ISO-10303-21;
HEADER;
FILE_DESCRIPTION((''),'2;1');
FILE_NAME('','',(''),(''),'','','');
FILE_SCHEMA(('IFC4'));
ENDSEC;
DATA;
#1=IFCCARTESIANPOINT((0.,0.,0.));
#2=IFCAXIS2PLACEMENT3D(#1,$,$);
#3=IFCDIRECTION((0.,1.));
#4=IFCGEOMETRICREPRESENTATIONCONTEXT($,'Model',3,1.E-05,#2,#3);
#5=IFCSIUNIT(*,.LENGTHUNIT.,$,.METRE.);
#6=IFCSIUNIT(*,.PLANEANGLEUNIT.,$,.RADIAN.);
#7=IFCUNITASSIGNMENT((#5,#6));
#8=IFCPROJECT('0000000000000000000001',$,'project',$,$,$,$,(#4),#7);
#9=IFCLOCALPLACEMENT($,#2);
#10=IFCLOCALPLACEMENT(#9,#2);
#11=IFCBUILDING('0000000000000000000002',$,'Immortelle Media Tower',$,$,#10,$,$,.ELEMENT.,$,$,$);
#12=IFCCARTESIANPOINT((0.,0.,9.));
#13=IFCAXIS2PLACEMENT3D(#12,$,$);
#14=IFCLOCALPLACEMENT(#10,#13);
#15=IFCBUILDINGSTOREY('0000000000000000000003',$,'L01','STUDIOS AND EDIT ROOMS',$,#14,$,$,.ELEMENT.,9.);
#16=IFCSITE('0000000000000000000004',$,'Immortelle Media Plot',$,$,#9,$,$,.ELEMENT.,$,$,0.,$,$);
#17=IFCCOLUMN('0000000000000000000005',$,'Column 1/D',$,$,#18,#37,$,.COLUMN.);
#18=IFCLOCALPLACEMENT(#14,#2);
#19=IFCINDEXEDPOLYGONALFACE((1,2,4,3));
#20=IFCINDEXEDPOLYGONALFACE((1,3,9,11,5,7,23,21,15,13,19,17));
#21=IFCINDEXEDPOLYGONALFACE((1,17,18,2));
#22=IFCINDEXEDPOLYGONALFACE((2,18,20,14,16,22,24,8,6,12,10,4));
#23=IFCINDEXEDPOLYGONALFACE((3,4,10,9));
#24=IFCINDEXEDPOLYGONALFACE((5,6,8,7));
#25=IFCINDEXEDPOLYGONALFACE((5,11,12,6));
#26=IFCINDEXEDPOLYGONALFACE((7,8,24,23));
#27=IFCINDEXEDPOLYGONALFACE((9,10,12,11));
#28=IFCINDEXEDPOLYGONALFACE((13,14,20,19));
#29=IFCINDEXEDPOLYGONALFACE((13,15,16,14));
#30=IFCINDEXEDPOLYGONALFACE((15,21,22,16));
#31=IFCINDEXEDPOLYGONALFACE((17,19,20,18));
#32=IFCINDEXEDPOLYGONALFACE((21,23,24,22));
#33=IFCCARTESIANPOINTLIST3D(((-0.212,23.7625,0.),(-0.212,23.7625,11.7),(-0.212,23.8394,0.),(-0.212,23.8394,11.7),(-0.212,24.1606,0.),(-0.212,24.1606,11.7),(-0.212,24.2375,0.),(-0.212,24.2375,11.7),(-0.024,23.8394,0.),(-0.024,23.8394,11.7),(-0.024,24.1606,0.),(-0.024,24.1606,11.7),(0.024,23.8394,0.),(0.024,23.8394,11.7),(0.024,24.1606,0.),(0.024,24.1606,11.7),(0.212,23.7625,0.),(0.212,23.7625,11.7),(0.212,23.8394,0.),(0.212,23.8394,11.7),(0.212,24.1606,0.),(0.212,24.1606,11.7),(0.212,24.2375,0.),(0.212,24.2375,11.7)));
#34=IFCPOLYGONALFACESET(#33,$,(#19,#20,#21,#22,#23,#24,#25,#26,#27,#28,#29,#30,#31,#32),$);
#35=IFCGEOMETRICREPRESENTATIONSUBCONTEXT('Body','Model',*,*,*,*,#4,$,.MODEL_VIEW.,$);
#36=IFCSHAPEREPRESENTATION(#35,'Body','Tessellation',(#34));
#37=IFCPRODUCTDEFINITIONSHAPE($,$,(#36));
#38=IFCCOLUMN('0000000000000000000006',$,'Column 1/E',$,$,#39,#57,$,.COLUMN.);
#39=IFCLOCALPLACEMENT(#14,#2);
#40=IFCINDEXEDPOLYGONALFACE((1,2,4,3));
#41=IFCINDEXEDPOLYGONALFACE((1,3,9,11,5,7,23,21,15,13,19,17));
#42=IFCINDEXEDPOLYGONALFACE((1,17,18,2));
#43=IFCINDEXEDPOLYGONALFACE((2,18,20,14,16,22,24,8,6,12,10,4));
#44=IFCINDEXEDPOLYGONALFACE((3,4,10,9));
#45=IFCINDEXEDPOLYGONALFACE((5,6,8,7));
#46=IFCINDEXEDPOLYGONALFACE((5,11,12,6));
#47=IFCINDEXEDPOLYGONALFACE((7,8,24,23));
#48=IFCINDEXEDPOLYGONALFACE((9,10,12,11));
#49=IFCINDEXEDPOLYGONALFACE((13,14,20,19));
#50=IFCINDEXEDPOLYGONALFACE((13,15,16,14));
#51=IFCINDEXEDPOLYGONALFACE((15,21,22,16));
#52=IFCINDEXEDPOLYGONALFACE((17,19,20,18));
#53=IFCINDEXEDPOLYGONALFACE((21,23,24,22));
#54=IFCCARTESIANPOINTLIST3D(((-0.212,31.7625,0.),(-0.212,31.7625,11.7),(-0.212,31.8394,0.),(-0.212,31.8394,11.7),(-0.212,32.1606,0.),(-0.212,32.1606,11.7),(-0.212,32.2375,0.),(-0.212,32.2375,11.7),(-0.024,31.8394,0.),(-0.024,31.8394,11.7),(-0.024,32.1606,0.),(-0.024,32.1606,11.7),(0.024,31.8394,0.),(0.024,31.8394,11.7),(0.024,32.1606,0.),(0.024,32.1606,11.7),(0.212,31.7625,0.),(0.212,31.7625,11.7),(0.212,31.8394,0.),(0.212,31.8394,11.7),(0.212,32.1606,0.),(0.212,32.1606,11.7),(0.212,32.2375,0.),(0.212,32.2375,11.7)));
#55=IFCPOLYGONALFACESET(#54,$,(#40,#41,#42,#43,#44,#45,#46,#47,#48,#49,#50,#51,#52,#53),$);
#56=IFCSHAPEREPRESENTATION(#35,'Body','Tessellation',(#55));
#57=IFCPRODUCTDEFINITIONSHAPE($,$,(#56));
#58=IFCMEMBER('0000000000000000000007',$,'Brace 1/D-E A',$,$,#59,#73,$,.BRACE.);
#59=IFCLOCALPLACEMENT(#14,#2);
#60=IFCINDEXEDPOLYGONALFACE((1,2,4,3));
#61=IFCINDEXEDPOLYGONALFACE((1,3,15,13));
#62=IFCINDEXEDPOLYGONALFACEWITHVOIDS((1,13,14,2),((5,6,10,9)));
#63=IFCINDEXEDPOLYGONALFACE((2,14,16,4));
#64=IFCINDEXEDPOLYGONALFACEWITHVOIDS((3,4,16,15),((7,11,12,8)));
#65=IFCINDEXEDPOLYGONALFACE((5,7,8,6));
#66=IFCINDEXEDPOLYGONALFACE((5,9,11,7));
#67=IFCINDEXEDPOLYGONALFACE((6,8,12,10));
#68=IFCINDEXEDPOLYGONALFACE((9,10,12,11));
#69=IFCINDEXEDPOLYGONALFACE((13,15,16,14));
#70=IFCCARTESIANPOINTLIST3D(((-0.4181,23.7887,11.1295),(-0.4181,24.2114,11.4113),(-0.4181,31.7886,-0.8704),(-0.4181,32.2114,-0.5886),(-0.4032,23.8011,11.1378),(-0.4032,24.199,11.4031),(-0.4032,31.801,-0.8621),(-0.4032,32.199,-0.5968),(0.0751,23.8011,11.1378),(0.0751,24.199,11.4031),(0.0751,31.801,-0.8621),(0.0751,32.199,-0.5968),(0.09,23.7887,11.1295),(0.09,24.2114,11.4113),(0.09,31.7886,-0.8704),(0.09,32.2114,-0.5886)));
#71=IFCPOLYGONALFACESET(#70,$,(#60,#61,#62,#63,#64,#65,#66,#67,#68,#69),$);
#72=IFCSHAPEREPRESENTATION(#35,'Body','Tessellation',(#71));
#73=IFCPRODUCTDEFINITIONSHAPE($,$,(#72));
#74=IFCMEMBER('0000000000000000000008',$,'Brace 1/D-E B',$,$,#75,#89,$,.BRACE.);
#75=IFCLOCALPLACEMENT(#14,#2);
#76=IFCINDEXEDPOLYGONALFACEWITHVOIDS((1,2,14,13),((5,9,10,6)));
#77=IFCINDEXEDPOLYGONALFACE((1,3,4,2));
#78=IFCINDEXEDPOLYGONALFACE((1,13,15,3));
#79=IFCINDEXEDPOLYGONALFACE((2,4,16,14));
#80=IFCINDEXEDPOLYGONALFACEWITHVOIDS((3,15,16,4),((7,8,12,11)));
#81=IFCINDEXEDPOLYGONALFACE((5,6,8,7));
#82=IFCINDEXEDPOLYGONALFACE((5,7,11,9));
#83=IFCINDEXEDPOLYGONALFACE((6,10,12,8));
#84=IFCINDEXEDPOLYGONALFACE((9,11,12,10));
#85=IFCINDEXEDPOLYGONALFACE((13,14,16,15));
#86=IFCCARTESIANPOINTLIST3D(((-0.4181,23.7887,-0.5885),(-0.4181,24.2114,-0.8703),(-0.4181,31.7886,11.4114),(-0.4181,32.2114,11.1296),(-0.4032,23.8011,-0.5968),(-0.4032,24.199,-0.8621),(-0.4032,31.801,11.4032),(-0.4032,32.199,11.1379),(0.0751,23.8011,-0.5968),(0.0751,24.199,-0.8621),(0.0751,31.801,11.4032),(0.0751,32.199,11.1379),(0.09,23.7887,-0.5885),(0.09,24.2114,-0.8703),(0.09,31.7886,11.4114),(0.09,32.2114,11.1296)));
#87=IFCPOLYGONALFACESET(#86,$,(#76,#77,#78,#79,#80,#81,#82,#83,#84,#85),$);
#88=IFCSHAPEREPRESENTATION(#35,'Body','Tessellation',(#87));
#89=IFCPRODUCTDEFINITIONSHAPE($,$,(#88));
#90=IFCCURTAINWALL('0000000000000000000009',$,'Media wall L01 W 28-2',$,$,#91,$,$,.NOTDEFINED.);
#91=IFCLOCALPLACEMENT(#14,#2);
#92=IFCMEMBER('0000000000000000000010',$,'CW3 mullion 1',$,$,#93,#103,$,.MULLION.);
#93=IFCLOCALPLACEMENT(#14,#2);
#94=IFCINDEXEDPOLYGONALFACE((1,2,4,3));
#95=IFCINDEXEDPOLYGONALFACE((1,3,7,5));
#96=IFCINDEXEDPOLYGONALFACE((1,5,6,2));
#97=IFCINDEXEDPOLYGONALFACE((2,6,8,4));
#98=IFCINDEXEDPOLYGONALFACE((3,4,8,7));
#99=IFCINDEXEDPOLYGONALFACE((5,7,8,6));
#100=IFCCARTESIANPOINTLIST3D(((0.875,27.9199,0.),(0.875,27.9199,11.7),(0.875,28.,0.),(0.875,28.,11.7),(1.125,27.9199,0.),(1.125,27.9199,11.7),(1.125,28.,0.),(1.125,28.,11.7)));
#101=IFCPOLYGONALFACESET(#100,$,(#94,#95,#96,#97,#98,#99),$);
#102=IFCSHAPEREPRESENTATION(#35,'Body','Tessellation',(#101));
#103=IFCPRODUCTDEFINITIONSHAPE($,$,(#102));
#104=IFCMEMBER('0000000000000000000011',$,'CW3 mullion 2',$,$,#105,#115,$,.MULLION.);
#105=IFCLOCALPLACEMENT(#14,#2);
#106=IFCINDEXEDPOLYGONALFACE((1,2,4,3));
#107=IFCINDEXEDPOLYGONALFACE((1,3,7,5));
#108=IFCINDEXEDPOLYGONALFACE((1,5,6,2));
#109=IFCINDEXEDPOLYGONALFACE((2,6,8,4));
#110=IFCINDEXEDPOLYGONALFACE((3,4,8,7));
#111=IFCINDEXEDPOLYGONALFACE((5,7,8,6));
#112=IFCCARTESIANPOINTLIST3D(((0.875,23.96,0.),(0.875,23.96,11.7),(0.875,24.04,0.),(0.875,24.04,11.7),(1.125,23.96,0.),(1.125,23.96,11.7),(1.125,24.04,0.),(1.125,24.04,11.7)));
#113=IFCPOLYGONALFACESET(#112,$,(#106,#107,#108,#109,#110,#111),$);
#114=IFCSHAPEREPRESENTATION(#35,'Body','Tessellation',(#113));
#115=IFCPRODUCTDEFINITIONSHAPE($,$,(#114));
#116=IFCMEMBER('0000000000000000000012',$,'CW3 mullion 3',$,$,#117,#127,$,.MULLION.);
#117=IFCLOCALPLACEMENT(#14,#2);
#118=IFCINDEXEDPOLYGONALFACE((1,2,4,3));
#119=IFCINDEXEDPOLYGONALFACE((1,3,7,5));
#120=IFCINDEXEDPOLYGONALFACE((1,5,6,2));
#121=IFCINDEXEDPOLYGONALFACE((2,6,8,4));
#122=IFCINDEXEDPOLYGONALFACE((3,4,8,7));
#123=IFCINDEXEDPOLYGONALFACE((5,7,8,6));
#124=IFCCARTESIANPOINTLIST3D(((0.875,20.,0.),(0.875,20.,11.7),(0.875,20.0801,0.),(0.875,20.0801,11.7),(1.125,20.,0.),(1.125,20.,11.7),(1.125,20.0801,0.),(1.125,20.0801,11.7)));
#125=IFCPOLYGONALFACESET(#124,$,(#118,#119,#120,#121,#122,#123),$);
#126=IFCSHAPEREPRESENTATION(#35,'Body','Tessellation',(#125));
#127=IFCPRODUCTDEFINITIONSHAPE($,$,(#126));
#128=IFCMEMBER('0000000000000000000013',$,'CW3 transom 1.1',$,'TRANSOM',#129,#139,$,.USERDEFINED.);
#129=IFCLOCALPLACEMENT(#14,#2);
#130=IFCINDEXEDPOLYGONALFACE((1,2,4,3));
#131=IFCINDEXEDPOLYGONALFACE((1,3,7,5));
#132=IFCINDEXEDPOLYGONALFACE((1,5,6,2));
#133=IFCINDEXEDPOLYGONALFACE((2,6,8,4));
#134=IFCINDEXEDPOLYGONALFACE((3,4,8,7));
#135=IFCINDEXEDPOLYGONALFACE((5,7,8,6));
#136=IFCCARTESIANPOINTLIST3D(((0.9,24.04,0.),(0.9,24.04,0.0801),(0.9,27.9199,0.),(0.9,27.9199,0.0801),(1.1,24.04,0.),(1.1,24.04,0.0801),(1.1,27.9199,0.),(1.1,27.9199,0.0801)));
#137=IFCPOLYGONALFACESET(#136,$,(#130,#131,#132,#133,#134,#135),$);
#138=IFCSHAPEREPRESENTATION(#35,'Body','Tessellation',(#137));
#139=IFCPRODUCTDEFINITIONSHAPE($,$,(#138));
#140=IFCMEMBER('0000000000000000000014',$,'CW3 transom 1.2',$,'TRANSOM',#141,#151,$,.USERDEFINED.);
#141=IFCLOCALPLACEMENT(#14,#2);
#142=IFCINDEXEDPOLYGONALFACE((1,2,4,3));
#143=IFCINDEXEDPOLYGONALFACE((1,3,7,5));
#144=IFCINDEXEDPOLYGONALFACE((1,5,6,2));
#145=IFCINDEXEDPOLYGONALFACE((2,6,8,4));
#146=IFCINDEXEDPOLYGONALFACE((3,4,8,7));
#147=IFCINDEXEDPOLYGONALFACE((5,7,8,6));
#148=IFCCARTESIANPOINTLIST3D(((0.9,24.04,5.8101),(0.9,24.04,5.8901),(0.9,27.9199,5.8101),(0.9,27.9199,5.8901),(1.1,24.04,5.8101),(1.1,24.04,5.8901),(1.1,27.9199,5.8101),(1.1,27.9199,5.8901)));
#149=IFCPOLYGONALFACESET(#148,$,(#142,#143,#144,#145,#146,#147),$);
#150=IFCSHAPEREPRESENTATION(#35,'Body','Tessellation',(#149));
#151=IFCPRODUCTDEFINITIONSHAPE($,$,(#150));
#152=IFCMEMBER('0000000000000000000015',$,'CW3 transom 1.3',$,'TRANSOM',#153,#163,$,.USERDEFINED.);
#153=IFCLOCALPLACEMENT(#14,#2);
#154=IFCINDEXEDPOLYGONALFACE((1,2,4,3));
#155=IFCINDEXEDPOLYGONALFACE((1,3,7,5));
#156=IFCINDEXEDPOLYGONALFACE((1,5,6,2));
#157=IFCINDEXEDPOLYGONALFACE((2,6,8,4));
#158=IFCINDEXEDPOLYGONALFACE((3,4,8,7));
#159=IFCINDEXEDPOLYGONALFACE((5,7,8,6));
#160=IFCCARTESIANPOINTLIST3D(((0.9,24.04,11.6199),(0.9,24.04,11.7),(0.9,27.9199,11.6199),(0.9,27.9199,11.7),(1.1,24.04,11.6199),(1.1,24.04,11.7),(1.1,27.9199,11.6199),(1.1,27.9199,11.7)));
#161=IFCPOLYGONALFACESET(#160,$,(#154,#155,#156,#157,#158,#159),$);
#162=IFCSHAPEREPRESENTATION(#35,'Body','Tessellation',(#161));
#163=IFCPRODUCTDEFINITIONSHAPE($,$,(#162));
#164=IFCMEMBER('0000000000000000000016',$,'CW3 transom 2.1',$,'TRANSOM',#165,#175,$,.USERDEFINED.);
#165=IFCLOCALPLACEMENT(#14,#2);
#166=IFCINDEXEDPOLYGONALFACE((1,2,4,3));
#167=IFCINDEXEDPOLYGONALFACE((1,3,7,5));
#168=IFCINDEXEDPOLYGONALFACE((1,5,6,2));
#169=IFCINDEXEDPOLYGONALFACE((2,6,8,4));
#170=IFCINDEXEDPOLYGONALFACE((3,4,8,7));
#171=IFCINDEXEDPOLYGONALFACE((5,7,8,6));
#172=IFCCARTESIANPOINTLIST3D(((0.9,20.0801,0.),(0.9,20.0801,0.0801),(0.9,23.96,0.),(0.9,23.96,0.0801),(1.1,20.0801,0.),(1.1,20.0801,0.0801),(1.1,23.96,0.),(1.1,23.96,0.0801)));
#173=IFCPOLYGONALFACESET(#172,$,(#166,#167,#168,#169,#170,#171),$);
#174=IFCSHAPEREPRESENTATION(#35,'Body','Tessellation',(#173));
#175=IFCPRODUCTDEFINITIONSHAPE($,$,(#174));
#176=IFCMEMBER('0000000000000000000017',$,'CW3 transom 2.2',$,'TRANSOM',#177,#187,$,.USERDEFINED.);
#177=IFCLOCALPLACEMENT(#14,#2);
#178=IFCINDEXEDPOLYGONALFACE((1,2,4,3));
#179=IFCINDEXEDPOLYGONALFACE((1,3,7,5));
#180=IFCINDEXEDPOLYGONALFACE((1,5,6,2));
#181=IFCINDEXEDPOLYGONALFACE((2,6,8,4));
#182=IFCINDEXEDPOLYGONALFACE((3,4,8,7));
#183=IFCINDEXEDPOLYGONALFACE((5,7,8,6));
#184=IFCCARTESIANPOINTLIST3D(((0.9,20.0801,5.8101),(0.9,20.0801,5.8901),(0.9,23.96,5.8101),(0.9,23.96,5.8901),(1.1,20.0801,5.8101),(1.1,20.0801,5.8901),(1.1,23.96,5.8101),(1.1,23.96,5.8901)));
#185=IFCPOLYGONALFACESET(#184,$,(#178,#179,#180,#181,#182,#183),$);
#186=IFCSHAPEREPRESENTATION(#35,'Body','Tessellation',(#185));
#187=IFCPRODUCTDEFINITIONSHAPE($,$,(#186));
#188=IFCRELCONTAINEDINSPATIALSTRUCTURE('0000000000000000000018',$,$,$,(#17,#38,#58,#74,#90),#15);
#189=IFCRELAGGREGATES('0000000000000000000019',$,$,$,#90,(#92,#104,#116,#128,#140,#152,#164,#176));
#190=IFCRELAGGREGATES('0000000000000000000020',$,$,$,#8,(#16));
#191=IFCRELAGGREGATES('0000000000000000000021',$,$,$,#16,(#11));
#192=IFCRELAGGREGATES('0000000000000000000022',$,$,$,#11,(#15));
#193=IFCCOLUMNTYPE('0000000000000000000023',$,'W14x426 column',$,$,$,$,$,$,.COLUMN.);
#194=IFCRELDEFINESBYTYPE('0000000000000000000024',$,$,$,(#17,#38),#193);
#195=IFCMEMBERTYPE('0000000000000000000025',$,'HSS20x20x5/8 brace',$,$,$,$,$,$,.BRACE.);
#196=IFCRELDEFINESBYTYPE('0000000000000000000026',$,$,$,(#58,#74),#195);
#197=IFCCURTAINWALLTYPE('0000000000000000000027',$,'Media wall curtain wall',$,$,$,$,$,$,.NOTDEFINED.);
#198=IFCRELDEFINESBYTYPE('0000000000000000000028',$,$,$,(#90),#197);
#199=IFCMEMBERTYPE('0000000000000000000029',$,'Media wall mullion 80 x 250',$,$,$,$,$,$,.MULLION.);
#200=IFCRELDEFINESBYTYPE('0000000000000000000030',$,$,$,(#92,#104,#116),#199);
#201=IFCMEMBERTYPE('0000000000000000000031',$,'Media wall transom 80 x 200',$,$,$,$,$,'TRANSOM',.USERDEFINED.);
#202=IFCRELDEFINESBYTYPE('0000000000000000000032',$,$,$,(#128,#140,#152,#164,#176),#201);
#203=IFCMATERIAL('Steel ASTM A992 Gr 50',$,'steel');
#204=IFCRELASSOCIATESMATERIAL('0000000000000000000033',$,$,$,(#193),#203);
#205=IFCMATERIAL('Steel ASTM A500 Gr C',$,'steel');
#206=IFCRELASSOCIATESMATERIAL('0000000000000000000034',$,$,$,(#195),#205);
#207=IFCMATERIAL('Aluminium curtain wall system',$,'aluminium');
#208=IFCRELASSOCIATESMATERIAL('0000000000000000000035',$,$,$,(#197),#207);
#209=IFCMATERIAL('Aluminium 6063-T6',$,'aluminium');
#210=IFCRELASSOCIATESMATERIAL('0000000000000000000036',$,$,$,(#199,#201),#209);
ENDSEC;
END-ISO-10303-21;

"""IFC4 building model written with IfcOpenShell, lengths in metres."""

from ifc_helpers import new_model, si_unit, direction, frame, origin, origin_2d, place, context, subcontext, project, spatial, rectangle, hollow_rectangle, i_section, extrude, material, material_profile, profile_set, type_object, element, aggregate, save


model = new_model("IFC4")

# Units and contexts
model_context = context("Model", 3, precision=1e-05, world=origin(), true_north=direction((0.0, 1.0)))
body_context = subcontext(model_context, "Body", "Model", "MODEL_VIEW")
ifc_project = project(units=[si_unit("LENGTHUNIT", "METRE"), si_unit("PLANEANGLEUNIT", "RADIAN")], contexts=[model_context])

# Site, building, storey
site_placement = place(None, origin())
site = spatial("IfcSite", under=ifc_project, at=site_placement, Name="Immortelle Media Plot", CompositionType="ELEMENT", RefElevation=0.0)
building_placement = place(site_placement, origin())
building = spatial("IfcBuilding", under=site, at=building_placement, Name="Immortelle Media Tower", CompositionType="ELEMENT")
storey_placement = place(building_placement, frame((0.0, 0.0, 9.0)))
storey = spatial("IfcBuildingStorey", under=building, at=storey_placement, Name="L01", Description="STUDIOS AND EDIT ROOMS", CompositionType="ELEMENT", Elevation=9.0)

# Columns
ifc_material_1 = material(Name="Steel ASTM A992 Gr 50", Category="steel")
ifc_material_profile_1 = material_profile(ifc_material_1, i_section(OverallWidth=0.4241, OverallDepth=0.4751, WebThickness=0.0481, FlangeThickness=0.0769, at=origin_2d()), Name="W14x426")
ifc_profile_set_1 = profile_set([ifc_material_profile_1], Name="Steel ASTM A992 Gr 50")
column_type = type_object("IfcColumnType", Name="W14x426 column", PredefinedType="COLUMN", material=ifc_profile_set_1)
for number, where, z_axis, x_axis, name in (
    (1, (0.0, 24.0, 0.0), (0.0, 0.0, 1.0), (1.0, 0.0, 0.0), "Column 1/D"),
    (2, (0.0, 32.0, 0.0), (0.0, 0.0, 1.0), (1.0, 0.0, 0.0), "Column 1/E"),
):
    element("IfcColumn", number, at=place(storey_placement, frame(where, z_axis=z_axis, x_axis=x_axis)), inside=storey, type_object=column_type, Name=name, PredefinedType="COLUMN", context=body_context, shape_type="SweptSolid", body=[
        extrude(i_section(OverallWidth=0.4241, OverallDepth=0.4751, WebThickness=0.0481, FlangeThickness=0.0769, at=origin_2d()), origin(), (0.0, 0.0, 1.0), 11.7),
    ])

# Members
ifc_material_2 = material(Name="Steel ASTM A500 Gr C", Category="steel")
ifc_material_profile_2 = material_profile(ifc_material_2, hollow_rectangle(XDim=0.5081, YDim=0.5081, WallThickness=0.0149, at=origin_2d()), Name="HSS20x20x5/8 brace")
ifc_profile_set_2 = profile_set([ifc_material_profile_2], Name="Steel ASTM A500 Gr C")
member_type_1 = type_object("IfcMemberType", Name="HSS20x20x5/8 brace", PredefinedType="BRACE", material=ifc_profile_set_2)
for number, where, z_axis, x_axis, name in (
    (3, (-0.1641, 32.0, -0.7295), (0.0, -0.5547, 0.83205), (1.0, 0.0, 0.0), "Brace 1/D-E A"),
    (4, (-0.1641, 32.0, 11.2705), (0.0, -0.5547, -0.83205), (1.0, 0.0, 0.0), "Brace 1/D-E B"),
):
    element("IfcMember", number, at=place(storey_placement, frame(where, z_axis=z_axis, x_axis=x_axis)), inside=storey, type_object=member_type_1, Name=name, PredefinedType="BRACE", context=body_context, shape_type="SweptSolid", body=[
        extrude(hollow_rectangle(XDim=0.5081, YDim=0.5081, WallThickness=0.0149, at=origin_2d()), origin(), (0.0, 0.0, 1.0), 14.4221),
    ])

# Curtain wall, members
ifc_material_3 = material(Name="Aluminium curtain wall system", Category="aluminium")
curtain_wall_type = type_object("IfcCurtainWallType", Name="Media wall curtain wall", PredefinedType="NOTDEFINED", material=ifc_material_3)
curtain_wall_placement = place(storey_placement, origin())
curtain_wall = element("IfcCurtainWall", 5, at=curtain_wall_placement, inside=storey, type_object=curtain_wall_type, Name="Media wall L01 W 28-2", PredefinedType="NOTDEFINED")
ifc_material_4 = material(Name="Aluminium 6063-T6", Category="aluminium")
ifc_material_profile_3 = material_profile(ifc_material_4, rectangle(XDim=0.25, YDim=0.0801, at=origin_2d()), Name="AL 80x250")
ifc_profile_set_3 = profile_set([ifc_material_profile_3], Name="Aluminium 6063-T6")
member_type_2 = type_object("IfcMemberType", Name="Media wall mullion 80 x 250", PredefinedType="MULLION", material=ifc_profile_set_3)
member_1_placement = place(storey_placement, frame((1.0, 27.96, 0.0), z_axis=(0.0, 0.0, 1.0), x_axis=(1.0, 0.0, 0.0)))
member_1 = element("IfcMember", 6, at=member_1_placement, type_object=member_type_2, Name="CW3 mullion 1", PredefinedType="MULLION", context=body_context, shape_type="SweptSolid", body=[
    extrude(rectangle(XDim=0.25, YDim=0.0801, at=origin_2d()), origin(), (0.0, 0.0, 1.0), 11.7),
])
member_2_placement = place(storey_placement, frame((1.0, 24.0, 0.0), z_axis=(0.0, 0.0, 1.0), x_axis=(1.0, 0.0, 0.0)))
member_2 = element("IfcMember", 7, at=member_2_placement, type_object=member_type_2, Name="CW3 mullion 2", PredefinedType="MULLION", context=body_context, shape_type="SweptSolid", body=[
    extrude(rectangle(XDim=0.25, YDim=0.0801, at=origin_2d()), origin(), (0.0, 0.0, 1.0), 11.7),
])
member_3_placement = place(storey_placement, frame((1.0, 20.04, 0.0), z_axis=(0.0, 0.0, 1.0), x_axis=(1.0, 0.0, 0.0)))
member_3 = element("IfcMember", 8, at=member_3_placement, type_object=member_type_2, Name="CW3 mullion 3", PredefinedType="MULLION", context=body_context, shape_type="SweptSolid", body=[
    extrude(rectangle(XDim=0.25, YDim=0.0801, at=origin_2d()), origin(), (0.0, 0.0, 1.0), 11.7),
])
ifc_material_profile_4 = material_profile(ifc_material_4, rectangle(XDim=0.2, YDim=0.0801, at=origin_2d()), Name="AL 80x200")
ifc_profile_set_4 = profile_set([ifc_material_profile_4], Name="Aluminium 6063-T6")
member_type_3 = type_object("IfcMemberType", Name="Media wall transom 80 x 200", ElementType="TRANSOM", PredefinedType="USERDEFINED", material=ifc_profile_set_4)
member_4_placement = place(storey_placement, frame((1.0, 27.9199, 0.04), z_axis=(0.0, -1.0, 0.0), x_axis=(1.0, 0.0, 0.0)))
member_4 = element("IfcMember", 9, at=member_4_placement, type_object=member_type_3, Name="CW3 transom 1.1", ObjectType="TRANSOM", PredefinedType="USERDEFINED", context=body_context, shape_type="SweptSolid", body=[
    extrude(rectangle(XDim=0.2, YDim=0.0801, at=origin_2d()), origin(), (0.0, 0.0, 1.0), 3.8799),
])
member_5_placement = place(storey_placement, frame((1.0, 27.9199, 5.8501), z_axis=(0.0, -1.0, 0.0), x_axis=(1.0, 0.0, 0.0)))
member_5 = element("IfcMember", 10, at=member_5_placement, type_object=member_type_3, Name="CW3 transom 1.2", ObjectType="TRANSOM", PredefinedType="USERDEFINED", context=body_context, shape_type="SweptSolid", body=[
    extrude(rectangle(XDim=0.2, YDim=0.0801, at=origin_2d()), origin(), (0.0, 0.0, 1.0), 3.8799),
])
member_6_placement = place(storey_placement, frame((1.0, 27.9199, 11.6599), z_axis=(0.0, -1.0, 0.0), x_axis=(1.0, 0.0, 0.0)))
member_6 = element("IfcMember", 11, at=member_6_placement, type_object=member_type_3, Name="CW3 transom 1.3", ObjectType="TRANSOM", PredefinedType="USERDEFINED", context=body_context, shape_type="SweptSolid", body=[
    extrude(rectangle(XDim=0.2, YDim=0.0801, at=origin_2d()), origin(), (0.0, 0.0, 1.0), 3.8799),
])
member_7_placement = place(storey_placement, frame((1.0, 23.96, 0.04), z_axis=(0.0, -1.0, 0.0), x_axis=(1.0, 0.0, 0.0)))
member_7 = element("IfcMember", 12, at=member_7_placement, type_object=member_type_3, Name="CW3 transom 2.1", ObjectType="TRANSOM", PredefinedType="USERDEFINED", context=body_context, shape_type="SweptSolid", body=[
    extrude(rectangle(XDim=0.2, YDim=0.0801, at=origin_2d()), origin(), (0.0, 0.0, 1.0), 3.8799),
])
member_8_placement = place(storey_placement, frame((1.0, 23.96, 5.8501), z_axis=(0.0, -1.0, 0.0), x_axis=(1.0, 0.0, 0.0)))
member_8 = element("IfcMember", 13, at=member_8_placement, type_object=member_type_3, Name="CW3 transom 2.2", ObjectType="TRANSOM", PredefinedType="USERDEFINED", context=body_context, shape_type="SweptSolid", body=[
    extrude(rectangle(XDim=0.2, YDim=0.0801, at=origin_2d()), origin(), (0.0, 0.0, 1.0), 3.8799),
])

aggregate(curtain_wall, [member_1, member_2, member_3, member_4, member_5, member_6, member_7, member_8])

save(model, "model.ifc")
